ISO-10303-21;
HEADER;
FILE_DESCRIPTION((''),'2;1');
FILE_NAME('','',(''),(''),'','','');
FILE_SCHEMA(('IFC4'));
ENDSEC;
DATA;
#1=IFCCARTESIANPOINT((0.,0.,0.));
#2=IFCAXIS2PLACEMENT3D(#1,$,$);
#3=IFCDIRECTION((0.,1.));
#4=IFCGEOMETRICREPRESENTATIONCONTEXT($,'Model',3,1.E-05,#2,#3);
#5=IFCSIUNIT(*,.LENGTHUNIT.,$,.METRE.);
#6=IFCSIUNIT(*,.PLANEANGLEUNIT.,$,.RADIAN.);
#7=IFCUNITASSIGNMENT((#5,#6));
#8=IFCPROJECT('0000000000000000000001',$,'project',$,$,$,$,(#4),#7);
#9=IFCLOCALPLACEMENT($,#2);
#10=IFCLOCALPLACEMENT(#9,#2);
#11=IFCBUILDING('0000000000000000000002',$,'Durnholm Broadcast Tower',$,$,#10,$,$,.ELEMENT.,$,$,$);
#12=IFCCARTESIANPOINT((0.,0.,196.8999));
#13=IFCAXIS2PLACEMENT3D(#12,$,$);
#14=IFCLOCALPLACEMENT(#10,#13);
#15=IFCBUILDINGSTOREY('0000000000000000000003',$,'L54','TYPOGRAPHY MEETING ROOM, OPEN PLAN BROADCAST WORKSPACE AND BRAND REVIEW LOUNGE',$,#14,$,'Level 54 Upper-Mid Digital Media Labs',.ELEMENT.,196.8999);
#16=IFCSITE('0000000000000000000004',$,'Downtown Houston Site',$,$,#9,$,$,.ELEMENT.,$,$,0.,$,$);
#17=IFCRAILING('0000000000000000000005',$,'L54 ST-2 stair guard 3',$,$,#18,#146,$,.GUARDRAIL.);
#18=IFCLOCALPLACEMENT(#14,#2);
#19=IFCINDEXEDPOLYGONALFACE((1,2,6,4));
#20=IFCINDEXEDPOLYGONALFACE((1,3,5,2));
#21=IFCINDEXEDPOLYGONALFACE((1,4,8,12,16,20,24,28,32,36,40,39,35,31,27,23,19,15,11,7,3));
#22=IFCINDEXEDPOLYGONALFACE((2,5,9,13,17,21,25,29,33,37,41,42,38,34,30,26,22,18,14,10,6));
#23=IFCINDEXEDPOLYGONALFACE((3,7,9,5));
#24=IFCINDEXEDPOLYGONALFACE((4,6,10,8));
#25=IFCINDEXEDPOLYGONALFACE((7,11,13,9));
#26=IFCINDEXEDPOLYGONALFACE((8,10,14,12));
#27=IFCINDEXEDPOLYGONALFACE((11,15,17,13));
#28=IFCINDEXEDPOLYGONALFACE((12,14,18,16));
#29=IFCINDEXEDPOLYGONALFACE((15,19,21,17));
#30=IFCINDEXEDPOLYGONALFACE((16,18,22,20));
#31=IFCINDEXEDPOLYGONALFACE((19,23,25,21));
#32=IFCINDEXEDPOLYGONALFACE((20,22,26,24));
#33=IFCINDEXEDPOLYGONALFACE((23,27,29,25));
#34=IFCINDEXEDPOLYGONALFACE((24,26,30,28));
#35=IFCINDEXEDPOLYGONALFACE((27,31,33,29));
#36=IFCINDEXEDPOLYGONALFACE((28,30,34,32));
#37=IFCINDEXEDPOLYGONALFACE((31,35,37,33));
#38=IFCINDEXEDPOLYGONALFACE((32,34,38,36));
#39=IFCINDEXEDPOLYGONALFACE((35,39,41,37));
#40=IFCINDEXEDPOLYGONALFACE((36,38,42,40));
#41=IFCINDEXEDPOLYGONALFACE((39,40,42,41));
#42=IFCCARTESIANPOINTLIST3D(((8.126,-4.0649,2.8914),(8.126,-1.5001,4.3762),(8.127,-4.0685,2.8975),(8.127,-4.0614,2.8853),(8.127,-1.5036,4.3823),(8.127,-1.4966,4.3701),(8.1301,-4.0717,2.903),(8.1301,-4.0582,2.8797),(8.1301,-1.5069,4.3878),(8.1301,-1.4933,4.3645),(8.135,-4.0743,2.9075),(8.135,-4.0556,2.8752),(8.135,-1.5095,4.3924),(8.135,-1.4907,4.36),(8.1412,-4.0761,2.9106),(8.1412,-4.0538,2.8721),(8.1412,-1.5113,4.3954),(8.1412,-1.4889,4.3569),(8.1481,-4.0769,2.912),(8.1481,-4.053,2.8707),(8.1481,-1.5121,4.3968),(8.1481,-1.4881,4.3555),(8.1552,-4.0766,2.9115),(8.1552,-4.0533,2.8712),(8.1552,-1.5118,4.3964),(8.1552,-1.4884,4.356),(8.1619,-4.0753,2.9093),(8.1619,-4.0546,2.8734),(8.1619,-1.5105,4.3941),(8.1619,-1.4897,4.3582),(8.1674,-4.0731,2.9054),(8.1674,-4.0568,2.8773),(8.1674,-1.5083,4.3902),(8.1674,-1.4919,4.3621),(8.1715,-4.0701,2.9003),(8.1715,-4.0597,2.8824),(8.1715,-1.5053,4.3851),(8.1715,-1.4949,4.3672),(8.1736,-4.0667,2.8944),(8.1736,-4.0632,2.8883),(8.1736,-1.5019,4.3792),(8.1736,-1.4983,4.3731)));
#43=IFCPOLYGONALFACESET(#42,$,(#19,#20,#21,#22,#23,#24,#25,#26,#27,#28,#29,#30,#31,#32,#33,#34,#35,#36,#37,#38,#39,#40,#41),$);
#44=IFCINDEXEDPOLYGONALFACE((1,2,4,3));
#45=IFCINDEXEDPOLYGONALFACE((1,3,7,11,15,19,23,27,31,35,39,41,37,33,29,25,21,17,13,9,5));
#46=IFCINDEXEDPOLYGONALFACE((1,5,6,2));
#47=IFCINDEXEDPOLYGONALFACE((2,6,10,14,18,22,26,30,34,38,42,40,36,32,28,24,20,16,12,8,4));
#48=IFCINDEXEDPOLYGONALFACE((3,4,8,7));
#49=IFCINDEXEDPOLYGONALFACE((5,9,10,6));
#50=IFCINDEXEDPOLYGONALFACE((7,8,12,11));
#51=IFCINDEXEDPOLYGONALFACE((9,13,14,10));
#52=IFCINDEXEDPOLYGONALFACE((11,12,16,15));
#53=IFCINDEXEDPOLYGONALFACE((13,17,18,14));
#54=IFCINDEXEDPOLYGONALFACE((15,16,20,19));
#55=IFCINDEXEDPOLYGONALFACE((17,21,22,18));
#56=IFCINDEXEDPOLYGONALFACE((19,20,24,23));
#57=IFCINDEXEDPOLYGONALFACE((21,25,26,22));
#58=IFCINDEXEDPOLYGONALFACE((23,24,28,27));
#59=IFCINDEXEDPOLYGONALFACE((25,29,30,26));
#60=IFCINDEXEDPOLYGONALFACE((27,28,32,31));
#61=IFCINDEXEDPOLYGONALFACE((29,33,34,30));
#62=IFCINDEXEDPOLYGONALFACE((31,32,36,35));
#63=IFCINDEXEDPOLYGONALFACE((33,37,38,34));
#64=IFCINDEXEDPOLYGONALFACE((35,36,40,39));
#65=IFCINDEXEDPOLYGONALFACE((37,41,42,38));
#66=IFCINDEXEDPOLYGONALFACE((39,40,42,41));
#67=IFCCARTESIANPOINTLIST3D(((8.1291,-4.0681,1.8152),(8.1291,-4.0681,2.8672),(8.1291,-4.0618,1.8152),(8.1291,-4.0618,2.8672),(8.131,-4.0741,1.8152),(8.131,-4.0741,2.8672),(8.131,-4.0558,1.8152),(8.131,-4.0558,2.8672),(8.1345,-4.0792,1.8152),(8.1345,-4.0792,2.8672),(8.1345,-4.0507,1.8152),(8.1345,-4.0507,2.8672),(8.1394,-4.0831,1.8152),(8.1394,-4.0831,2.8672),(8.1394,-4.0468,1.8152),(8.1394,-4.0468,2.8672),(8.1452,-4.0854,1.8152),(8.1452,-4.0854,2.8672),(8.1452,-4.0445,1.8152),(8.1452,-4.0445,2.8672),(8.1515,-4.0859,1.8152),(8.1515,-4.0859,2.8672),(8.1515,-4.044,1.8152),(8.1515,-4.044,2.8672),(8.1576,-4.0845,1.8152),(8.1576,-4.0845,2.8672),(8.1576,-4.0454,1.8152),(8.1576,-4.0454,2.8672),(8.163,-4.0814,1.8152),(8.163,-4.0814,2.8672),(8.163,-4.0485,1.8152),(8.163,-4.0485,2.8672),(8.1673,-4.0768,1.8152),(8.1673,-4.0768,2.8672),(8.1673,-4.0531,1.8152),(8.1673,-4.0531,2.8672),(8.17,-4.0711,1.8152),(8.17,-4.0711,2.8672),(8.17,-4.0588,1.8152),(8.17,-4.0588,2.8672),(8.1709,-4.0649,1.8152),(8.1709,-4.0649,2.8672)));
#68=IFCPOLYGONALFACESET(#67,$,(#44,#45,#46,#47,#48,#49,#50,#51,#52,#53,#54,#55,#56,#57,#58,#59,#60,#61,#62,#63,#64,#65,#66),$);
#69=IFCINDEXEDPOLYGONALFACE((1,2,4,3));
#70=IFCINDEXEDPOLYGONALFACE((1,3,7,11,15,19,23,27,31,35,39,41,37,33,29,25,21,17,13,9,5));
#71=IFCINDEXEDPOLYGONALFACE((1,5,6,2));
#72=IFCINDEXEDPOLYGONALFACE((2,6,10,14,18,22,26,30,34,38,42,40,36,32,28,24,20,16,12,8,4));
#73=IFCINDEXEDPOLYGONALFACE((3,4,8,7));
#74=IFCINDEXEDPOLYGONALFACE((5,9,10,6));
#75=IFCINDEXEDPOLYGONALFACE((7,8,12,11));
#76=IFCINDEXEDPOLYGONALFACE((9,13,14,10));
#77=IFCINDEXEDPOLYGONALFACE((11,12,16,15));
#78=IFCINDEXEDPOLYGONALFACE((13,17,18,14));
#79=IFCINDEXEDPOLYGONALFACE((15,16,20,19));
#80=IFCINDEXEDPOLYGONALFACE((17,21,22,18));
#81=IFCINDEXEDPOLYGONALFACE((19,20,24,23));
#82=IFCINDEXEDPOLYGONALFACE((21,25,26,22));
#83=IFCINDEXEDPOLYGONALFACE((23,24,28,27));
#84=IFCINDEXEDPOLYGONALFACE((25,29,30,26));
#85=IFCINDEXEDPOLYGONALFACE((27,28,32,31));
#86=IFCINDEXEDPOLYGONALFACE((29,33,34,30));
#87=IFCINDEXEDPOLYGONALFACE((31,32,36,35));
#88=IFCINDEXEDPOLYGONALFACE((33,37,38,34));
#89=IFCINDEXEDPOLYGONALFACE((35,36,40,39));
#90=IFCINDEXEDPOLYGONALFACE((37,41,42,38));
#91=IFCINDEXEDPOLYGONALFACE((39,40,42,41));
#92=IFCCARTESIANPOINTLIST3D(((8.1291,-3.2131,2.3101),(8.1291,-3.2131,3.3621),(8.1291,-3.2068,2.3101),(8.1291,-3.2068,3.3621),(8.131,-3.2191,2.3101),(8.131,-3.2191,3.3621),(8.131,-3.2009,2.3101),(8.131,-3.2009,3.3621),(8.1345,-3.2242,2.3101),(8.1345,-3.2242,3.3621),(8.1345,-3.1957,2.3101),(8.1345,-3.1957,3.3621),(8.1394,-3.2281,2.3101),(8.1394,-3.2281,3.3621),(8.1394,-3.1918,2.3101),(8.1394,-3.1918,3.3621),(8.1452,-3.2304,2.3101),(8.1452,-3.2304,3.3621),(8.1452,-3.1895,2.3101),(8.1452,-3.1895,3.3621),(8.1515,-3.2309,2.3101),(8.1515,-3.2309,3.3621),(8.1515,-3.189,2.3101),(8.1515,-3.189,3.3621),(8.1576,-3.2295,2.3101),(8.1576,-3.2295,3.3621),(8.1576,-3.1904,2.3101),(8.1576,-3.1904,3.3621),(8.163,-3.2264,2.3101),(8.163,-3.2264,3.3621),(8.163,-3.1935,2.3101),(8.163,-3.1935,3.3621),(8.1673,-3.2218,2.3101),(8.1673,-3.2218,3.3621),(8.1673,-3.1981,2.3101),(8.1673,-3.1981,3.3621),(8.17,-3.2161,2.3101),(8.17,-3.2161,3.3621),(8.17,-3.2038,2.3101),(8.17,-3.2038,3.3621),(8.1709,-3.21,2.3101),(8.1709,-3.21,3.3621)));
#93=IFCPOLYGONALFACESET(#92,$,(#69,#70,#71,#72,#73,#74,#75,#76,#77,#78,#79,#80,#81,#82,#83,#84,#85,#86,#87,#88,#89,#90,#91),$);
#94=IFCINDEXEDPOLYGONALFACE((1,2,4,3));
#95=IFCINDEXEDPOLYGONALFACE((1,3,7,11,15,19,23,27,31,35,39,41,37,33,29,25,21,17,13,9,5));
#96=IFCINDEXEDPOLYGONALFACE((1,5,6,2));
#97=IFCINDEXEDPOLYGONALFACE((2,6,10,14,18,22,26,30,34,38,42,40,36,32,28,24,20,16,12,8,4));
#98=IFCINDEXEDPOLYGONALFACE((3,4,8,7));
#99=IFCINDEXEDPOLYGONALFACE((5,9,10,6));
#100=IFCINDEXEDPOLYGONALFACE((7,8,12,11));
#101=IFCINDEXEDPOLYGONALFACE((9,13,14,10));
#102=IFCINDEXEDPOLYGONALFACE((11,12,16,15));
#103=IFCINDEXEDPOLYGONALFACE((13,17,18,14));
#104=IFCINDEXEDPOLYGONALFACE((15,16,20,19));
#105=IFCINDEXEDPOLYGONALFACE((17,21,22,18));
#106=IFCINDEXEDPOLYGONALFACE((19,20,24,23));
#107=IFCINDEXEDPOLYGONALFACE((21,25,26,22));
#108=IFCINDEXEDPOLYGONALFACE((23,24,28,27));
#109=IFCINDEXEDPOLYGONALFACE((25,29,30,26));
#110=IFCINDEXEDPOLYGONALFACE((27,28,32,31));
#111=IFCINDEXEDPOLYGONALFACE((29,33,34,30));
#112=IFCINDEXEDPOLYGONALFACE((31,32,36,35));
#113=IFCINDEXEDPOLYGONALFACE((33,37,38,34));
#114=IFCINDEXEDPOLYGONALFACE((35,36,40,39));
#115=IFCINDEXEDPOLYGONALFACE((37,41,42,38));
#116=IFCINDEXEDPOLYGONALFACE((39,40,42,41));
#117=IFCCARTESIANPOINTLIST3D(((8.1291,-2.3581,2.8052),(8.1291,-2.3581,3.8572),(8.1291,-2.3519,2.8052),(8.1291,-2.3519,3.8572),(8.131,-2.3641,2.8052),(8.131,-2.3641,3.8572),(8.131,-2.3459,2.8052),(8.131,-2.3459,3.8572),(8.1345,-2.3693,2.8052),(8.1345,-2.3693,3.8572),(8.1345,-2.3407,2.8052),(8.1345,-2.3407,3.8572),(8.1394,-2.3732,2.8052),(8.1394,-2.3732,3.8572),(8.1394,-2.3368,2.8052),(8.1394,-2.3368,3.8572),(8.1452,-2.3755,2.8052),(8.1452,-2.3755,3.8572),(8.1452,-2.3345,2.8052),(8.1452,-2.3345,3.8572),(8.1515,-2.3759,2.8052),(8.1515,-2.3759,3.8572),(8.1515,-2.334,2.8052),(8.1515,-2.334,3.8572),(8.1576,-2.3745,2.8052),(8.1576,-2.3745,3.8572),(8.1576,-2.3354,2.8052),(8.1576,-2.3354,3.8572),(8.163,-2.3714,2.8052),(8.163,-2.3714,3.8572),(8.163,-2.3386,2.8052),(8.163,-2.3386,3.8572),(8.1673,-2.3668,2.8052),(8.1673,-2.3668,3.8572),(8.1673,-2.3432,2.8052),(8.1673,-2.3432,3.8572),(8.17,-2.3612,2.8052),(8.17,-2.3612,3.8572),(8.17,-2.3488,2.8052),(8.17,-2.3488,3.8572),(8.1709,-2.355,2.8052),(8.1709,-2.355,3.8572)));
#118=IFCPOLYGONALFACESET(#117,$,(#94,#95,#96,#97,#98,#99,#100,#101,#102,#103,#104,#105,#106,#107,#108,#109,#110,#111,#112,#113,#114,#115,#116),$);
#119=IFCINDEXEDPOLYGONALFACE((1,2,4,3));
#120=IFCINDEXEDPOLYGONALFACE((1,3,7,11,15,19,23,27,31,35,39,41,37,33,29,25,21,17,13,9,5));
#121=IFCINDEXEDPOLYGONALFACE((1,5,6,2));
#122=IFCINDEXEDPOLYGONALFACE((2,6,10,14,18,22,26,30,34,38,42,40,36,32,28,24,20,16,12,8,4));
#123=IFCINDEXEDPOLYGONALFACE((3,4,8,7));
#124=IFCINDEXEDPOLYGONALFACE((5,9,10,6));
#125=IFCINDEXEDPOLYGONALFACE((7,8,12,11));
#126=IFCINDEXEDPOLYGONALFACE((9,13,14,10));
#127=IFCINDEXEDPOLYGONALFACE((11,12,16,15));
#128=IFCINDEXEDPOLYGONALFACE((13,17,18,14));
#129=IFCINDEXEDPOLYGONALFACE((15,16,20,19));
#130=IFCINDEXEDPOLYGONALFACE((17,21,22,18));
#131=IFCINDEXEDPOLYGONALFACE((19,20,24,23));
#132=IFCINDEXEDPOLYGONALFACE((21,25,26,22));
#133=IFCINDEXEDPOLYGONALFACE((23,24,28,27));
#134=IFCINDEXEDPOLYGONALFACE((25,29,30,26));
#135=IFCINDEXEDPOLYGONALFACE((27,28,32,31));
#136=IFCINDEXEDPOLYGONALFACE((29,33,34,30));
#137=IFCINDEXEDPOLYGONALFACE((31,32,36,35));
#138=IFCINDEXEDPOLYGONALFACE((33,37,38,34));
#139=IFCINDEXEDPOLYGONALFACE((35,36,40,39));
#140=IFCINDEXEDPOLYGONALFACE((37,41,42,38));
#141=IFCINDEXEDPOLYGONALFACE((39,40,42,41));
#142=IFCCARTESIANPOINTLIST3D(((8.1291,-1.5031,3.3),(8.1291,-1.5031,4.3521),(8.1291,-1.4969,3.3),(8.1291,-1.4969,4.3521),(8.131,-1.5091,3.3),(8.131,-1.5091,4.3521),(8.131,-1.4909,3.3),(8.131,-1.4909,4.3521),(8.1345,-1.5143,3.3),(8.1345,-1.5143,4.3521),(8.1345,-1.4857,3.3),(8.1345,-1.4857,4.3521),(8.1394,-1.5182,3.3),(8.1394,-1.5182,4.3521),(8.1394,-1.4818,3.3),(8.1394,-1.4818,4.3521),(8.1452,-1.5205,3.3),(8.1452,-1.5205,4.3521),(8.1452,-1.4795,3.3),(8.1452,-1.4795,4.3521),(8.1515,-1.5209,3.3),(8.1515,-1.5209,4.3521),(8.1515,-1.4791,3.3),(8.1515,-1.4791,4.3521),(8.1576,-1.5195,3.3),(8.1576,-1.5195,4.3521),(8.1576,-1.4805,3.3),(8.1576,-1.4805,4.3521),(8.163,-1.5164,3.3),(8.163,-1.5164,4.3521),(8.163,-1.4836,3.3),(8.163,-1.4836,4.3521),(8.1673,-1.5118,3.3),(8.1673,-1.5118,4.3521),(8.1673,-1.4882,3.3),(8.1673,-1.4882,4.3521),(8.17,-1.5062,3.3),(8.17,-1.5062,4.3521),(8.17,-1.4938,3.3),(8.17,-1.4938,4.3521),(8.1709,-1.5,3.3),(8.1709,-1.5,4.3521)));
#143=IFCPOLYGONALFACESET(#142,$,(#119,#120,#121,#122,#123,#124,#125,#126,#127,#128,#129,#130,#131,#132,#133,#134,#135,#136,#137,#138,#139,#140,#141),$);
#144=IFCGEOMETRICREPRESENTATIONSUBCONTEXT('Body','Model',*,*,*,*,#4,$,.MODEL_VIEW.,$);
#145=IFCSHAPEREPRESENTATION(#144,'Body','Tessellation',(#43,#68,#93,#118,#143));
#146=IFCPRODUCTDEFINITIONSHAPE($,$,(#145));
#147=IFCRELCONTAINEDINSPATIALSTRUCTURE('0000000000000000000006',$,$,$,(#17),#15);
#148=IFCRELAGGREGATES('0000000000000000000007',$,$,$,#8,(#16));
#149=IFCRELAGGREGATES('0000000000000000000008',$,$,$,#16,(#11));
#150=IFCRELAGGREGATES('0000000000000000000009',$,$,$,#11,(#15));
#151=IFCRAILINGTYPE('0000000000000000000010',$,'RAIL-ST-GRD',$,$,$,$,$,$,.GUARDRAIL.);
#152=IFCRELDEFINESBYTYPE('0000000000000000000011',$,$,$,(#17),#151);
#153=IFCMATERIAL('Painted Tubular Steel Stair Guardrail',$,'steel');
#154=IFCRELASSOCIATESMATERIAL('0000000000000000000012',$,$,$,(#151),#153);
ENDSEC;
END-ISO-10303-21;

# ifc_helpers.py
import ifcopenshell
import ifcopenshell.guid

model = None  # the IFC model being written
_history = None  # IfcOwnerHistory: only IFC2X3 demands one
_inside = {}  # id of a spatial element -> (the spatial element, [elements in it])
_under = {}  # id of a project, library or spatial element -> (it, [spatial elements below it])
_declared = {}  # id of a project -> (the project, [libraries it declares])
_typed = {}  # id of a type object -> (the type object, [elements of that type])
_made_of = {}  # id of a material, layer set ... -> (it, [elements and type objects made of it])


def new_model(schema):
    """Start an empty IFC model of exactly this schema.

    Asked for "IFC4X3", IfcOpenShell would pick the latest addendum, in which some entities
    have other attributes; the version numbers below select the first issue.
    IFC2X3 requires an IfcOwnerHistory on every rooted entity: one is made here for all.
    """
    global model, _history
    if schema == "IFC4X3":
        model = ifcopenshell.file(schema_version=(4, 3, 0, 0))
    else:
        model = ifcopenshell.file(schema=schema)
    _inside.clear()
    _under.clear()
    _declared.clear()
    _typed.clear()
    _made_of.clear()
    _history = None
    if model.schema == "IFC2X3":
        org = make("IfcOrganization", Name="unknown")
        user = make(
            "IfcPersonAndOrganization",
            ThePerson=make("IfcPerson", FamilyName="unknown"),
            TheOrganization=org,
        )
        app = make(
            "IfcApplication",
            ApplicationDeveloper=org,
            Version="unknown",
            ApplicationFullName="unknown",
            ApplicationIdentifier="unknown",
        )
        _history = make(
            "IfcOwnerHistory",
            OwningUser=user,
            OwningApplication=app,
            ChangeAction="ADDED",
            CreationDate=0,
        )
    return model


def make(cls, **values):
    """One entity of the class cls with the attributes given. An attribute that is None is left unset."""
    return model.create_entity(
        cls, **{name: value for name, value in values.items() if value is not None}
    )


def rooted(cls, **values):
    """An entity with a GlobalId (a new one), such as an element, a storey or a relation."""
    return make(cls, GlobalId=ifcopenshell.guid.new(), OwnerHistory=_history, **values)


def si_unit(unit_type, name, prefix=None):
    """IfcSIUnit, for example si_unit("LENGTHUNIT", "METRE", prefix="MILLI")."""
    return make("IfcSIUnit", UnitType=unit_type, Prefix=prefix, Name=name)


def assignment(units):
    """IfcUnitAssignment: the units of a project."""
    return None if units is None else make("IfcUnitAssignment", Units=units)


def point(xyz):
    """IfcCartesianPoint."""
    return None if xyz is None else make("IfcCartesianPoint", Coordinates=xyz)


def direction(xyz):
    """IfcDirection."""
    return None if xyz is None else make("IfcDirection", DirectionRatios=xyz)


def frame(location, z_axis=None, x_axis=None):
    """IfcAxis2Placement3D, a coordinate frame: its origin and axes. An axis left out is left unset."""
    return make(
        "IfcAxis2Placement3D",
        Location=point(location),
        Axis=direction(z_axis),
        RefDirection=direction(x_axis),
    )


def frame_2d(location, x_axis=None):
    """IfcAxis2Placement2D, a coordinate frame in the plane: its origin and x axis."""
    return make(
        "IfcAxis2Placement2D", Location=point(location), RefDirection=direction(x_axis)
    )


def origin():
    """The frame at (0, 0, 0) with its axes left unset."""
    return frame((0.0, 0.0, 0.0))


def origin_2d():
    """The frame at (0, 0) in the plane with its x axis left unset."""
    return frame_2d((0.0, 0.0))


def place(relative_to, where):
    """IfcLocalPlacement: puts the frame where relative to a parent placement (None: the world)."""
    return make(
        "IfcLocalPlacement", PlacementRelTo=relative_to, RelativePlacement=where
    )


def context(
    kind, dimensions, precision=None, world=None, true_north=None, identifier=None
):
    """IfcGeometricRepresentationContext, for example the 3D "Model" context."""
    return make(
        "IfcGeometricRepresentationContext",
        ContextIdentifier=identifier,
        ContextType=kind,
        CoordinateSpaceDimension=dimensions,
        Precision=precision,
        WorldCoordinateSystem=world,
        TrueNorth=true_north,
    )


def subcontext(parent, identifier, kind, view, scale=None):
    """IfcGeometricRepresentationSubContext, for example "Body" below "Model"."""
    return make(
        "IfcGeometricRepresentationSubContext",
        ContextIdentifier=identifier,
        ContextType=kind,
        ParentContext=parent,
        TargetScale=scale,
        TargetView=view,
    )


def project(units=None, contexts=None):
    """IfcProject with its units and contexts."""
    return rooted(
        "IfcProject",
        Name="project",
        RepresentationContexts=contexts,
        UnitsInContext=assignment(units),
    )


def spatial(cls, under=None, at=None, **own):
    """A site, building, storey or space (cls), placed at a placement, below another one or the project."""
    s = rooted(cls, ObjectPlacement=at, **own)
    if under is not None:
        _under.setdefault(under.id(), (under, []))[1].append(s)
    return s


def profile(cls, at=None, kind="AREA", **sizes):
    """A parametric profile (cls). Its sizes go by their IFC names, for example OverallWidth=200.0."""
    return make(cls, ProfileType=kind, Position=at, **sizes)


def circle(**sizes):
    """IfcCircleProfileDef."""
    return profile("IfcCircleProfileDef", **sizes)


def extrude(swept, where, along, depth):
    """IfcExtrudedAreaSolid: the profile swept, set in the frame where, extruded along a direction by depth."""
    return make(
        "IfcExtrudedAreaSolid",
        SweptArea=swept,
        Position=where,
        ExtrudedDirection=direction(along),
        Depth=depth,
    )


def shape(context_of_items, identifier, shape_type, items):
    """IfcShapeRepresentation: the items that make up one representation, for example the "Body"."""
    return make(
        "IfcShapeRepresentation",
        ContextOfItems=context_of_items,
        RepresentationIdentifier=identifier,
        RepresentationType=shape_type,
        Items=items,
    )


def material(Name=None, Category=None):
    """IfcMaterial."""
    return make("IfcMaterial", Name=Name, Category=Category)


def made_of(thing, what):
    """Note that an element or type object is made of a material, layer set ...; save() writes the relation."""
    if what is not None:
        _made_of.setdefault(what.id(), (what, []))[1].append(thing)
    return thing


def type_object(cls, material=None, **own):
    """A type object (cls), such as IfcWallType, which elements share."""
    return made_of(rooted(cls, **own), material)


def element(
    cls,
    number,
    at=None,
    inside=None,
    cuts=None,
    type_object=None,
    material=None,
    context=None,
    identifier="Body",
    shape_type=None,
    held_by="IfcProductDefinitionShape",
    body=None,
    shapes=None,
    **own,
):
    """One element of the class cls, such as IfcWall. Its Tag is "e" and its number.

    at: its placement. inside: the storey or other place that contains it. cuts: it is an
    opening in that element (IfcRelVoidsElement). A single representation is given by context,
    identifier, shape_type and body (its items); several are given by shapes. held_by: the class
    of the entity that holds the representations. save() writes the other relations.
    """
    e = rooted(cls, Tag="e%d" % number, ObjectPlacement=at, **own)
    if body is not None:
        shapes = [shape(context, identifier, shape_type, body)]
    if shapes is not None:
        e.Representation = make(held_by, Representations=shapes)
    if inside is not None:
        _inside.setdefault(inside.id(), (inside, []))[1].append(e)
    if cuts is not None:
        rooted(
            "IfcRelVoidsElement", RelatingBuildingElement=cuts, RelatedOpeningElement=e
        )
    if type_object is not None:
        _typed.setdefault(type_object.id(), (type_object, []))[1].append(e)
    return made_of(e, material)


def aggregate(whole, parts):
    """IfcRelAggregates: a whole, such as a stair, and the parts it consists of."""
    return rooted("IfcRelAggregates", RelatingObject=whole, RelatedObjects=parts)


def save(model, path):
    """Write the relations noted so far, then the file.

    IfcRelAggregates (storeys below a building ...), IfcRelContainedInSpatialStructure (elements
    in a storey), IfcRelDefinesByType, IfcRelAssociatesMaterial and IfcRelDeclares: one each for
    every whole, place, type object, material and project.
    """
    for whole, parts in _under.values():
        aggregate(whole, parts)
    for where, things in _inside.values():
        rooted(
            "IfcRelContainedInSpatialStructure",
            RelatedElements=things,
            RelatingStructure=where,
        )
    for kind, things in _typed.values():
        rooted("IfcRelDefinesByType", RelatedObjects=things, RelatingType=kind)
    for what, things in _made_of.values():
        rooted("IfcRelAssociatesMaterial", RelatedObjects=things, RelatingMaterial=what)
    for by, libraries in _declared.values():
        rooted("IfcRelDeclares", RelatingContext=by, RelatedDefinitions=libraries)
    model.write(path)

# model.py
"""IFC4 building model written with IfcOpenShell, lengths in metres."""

from ifc_helpers import new_model, si_unit, direction, frame, origin, origin_2d, place, context, subcontext, project, spatial, circle, extrude, material, type_object, element, save


model = new_model("IFC4")

# Units and contexts
model_context = context("Model", 3, precision=1e-05, world=origin(), true_north=direction((0.0, 1.0)))
body_context = subcontext(model_context, "Body", "Model", "MODEL_VIEW")
ifc_project = project(units=[si_unit("LENGTHUNIT", "METRE"), si_unit("PLANEANGLEUNIT", "RADIAN")], contexts=[model_context])

# Site, building, storey
site_placement = place(None, origin())
site = spatial("IfcSite", under=ifc_project, at=site_placement, Name="Downtown Houston Site", CompositionType="ELEMENT", RefElevation=0.0)
building_placement = place(site_placement, origin())
building = spatial("IfcBuilding", under=site, at=building_placement, Name="Durnholm Broadcast Tower", CompositionType="ELEMENT")
storey_placement = place(building_placement, frame((0.0, 0.0, 196.8999)))
storey = spatial("IfcBuildingStorey", under=building, at=storey_placement, Name="L54", Description="TYPOGRAPHY MEETING ROOM, OPEN PLAN BROADCAST WORKSPACE AND BRAND REVIEW LOUNGE", LongName="Level 54 Upper-Mid Digital Media Labs", CompositionType="ELEMENT", Elevation=196.8999)

# Railing
ifc_material_1 = material(Name="Painted Tubular Steel Stair Guardrail", Category="steel")
railing_type_1 = type_object("IfcRailingType", Name="RAIL-ST-GRD", PredefinedType="GUARDRAIL", material=ifc_material_1)
railing_1_placement = place(storey_placement, frame((8.1499, -4.0649, 1.8152)))
element("IfcRailing", 1, at=railing_1_placement, inside=storey, type_object=railing_type_1, Name="L54 ST-2 stair guard 3", PredefinedType="GUARDRAIL", context=body_context, shape_type="SweptSolid", body=[
    extrude(circle(Radius=0.0239, at=origin_2d()), frame((0.0, 0.0, 1.0762), z_axis=(0.0, 0.865441, 0.50101), x_axis=(-1.0, 0.0, 0.0)), (0.0, 0.0, 1.0), 2.9636),
    extrude(circle(Radius=0.021, at=origin_2d()), origin(), (0.0, 0.0, 1.0), 1.052),
    extrude(circle(Radius=0.021, at=origin_2d()), frame((0.0, 0.855, 0.4949)), (0.0, 0.0, 1.0), 1.052),
    extrude(circle(Radius=0.021, at=origin_2d()), frame((0.0, 1.71, 0.99)), (0.0, 0.0, 1.0), 1.052),
    extrude(circle(Radius=0.021, at=origin_2d()), frame((0.0, 2.5649, 1.4849)), (0.0, 0.0, 1.0), 1.052),
])

save(model, "model.ifc")
